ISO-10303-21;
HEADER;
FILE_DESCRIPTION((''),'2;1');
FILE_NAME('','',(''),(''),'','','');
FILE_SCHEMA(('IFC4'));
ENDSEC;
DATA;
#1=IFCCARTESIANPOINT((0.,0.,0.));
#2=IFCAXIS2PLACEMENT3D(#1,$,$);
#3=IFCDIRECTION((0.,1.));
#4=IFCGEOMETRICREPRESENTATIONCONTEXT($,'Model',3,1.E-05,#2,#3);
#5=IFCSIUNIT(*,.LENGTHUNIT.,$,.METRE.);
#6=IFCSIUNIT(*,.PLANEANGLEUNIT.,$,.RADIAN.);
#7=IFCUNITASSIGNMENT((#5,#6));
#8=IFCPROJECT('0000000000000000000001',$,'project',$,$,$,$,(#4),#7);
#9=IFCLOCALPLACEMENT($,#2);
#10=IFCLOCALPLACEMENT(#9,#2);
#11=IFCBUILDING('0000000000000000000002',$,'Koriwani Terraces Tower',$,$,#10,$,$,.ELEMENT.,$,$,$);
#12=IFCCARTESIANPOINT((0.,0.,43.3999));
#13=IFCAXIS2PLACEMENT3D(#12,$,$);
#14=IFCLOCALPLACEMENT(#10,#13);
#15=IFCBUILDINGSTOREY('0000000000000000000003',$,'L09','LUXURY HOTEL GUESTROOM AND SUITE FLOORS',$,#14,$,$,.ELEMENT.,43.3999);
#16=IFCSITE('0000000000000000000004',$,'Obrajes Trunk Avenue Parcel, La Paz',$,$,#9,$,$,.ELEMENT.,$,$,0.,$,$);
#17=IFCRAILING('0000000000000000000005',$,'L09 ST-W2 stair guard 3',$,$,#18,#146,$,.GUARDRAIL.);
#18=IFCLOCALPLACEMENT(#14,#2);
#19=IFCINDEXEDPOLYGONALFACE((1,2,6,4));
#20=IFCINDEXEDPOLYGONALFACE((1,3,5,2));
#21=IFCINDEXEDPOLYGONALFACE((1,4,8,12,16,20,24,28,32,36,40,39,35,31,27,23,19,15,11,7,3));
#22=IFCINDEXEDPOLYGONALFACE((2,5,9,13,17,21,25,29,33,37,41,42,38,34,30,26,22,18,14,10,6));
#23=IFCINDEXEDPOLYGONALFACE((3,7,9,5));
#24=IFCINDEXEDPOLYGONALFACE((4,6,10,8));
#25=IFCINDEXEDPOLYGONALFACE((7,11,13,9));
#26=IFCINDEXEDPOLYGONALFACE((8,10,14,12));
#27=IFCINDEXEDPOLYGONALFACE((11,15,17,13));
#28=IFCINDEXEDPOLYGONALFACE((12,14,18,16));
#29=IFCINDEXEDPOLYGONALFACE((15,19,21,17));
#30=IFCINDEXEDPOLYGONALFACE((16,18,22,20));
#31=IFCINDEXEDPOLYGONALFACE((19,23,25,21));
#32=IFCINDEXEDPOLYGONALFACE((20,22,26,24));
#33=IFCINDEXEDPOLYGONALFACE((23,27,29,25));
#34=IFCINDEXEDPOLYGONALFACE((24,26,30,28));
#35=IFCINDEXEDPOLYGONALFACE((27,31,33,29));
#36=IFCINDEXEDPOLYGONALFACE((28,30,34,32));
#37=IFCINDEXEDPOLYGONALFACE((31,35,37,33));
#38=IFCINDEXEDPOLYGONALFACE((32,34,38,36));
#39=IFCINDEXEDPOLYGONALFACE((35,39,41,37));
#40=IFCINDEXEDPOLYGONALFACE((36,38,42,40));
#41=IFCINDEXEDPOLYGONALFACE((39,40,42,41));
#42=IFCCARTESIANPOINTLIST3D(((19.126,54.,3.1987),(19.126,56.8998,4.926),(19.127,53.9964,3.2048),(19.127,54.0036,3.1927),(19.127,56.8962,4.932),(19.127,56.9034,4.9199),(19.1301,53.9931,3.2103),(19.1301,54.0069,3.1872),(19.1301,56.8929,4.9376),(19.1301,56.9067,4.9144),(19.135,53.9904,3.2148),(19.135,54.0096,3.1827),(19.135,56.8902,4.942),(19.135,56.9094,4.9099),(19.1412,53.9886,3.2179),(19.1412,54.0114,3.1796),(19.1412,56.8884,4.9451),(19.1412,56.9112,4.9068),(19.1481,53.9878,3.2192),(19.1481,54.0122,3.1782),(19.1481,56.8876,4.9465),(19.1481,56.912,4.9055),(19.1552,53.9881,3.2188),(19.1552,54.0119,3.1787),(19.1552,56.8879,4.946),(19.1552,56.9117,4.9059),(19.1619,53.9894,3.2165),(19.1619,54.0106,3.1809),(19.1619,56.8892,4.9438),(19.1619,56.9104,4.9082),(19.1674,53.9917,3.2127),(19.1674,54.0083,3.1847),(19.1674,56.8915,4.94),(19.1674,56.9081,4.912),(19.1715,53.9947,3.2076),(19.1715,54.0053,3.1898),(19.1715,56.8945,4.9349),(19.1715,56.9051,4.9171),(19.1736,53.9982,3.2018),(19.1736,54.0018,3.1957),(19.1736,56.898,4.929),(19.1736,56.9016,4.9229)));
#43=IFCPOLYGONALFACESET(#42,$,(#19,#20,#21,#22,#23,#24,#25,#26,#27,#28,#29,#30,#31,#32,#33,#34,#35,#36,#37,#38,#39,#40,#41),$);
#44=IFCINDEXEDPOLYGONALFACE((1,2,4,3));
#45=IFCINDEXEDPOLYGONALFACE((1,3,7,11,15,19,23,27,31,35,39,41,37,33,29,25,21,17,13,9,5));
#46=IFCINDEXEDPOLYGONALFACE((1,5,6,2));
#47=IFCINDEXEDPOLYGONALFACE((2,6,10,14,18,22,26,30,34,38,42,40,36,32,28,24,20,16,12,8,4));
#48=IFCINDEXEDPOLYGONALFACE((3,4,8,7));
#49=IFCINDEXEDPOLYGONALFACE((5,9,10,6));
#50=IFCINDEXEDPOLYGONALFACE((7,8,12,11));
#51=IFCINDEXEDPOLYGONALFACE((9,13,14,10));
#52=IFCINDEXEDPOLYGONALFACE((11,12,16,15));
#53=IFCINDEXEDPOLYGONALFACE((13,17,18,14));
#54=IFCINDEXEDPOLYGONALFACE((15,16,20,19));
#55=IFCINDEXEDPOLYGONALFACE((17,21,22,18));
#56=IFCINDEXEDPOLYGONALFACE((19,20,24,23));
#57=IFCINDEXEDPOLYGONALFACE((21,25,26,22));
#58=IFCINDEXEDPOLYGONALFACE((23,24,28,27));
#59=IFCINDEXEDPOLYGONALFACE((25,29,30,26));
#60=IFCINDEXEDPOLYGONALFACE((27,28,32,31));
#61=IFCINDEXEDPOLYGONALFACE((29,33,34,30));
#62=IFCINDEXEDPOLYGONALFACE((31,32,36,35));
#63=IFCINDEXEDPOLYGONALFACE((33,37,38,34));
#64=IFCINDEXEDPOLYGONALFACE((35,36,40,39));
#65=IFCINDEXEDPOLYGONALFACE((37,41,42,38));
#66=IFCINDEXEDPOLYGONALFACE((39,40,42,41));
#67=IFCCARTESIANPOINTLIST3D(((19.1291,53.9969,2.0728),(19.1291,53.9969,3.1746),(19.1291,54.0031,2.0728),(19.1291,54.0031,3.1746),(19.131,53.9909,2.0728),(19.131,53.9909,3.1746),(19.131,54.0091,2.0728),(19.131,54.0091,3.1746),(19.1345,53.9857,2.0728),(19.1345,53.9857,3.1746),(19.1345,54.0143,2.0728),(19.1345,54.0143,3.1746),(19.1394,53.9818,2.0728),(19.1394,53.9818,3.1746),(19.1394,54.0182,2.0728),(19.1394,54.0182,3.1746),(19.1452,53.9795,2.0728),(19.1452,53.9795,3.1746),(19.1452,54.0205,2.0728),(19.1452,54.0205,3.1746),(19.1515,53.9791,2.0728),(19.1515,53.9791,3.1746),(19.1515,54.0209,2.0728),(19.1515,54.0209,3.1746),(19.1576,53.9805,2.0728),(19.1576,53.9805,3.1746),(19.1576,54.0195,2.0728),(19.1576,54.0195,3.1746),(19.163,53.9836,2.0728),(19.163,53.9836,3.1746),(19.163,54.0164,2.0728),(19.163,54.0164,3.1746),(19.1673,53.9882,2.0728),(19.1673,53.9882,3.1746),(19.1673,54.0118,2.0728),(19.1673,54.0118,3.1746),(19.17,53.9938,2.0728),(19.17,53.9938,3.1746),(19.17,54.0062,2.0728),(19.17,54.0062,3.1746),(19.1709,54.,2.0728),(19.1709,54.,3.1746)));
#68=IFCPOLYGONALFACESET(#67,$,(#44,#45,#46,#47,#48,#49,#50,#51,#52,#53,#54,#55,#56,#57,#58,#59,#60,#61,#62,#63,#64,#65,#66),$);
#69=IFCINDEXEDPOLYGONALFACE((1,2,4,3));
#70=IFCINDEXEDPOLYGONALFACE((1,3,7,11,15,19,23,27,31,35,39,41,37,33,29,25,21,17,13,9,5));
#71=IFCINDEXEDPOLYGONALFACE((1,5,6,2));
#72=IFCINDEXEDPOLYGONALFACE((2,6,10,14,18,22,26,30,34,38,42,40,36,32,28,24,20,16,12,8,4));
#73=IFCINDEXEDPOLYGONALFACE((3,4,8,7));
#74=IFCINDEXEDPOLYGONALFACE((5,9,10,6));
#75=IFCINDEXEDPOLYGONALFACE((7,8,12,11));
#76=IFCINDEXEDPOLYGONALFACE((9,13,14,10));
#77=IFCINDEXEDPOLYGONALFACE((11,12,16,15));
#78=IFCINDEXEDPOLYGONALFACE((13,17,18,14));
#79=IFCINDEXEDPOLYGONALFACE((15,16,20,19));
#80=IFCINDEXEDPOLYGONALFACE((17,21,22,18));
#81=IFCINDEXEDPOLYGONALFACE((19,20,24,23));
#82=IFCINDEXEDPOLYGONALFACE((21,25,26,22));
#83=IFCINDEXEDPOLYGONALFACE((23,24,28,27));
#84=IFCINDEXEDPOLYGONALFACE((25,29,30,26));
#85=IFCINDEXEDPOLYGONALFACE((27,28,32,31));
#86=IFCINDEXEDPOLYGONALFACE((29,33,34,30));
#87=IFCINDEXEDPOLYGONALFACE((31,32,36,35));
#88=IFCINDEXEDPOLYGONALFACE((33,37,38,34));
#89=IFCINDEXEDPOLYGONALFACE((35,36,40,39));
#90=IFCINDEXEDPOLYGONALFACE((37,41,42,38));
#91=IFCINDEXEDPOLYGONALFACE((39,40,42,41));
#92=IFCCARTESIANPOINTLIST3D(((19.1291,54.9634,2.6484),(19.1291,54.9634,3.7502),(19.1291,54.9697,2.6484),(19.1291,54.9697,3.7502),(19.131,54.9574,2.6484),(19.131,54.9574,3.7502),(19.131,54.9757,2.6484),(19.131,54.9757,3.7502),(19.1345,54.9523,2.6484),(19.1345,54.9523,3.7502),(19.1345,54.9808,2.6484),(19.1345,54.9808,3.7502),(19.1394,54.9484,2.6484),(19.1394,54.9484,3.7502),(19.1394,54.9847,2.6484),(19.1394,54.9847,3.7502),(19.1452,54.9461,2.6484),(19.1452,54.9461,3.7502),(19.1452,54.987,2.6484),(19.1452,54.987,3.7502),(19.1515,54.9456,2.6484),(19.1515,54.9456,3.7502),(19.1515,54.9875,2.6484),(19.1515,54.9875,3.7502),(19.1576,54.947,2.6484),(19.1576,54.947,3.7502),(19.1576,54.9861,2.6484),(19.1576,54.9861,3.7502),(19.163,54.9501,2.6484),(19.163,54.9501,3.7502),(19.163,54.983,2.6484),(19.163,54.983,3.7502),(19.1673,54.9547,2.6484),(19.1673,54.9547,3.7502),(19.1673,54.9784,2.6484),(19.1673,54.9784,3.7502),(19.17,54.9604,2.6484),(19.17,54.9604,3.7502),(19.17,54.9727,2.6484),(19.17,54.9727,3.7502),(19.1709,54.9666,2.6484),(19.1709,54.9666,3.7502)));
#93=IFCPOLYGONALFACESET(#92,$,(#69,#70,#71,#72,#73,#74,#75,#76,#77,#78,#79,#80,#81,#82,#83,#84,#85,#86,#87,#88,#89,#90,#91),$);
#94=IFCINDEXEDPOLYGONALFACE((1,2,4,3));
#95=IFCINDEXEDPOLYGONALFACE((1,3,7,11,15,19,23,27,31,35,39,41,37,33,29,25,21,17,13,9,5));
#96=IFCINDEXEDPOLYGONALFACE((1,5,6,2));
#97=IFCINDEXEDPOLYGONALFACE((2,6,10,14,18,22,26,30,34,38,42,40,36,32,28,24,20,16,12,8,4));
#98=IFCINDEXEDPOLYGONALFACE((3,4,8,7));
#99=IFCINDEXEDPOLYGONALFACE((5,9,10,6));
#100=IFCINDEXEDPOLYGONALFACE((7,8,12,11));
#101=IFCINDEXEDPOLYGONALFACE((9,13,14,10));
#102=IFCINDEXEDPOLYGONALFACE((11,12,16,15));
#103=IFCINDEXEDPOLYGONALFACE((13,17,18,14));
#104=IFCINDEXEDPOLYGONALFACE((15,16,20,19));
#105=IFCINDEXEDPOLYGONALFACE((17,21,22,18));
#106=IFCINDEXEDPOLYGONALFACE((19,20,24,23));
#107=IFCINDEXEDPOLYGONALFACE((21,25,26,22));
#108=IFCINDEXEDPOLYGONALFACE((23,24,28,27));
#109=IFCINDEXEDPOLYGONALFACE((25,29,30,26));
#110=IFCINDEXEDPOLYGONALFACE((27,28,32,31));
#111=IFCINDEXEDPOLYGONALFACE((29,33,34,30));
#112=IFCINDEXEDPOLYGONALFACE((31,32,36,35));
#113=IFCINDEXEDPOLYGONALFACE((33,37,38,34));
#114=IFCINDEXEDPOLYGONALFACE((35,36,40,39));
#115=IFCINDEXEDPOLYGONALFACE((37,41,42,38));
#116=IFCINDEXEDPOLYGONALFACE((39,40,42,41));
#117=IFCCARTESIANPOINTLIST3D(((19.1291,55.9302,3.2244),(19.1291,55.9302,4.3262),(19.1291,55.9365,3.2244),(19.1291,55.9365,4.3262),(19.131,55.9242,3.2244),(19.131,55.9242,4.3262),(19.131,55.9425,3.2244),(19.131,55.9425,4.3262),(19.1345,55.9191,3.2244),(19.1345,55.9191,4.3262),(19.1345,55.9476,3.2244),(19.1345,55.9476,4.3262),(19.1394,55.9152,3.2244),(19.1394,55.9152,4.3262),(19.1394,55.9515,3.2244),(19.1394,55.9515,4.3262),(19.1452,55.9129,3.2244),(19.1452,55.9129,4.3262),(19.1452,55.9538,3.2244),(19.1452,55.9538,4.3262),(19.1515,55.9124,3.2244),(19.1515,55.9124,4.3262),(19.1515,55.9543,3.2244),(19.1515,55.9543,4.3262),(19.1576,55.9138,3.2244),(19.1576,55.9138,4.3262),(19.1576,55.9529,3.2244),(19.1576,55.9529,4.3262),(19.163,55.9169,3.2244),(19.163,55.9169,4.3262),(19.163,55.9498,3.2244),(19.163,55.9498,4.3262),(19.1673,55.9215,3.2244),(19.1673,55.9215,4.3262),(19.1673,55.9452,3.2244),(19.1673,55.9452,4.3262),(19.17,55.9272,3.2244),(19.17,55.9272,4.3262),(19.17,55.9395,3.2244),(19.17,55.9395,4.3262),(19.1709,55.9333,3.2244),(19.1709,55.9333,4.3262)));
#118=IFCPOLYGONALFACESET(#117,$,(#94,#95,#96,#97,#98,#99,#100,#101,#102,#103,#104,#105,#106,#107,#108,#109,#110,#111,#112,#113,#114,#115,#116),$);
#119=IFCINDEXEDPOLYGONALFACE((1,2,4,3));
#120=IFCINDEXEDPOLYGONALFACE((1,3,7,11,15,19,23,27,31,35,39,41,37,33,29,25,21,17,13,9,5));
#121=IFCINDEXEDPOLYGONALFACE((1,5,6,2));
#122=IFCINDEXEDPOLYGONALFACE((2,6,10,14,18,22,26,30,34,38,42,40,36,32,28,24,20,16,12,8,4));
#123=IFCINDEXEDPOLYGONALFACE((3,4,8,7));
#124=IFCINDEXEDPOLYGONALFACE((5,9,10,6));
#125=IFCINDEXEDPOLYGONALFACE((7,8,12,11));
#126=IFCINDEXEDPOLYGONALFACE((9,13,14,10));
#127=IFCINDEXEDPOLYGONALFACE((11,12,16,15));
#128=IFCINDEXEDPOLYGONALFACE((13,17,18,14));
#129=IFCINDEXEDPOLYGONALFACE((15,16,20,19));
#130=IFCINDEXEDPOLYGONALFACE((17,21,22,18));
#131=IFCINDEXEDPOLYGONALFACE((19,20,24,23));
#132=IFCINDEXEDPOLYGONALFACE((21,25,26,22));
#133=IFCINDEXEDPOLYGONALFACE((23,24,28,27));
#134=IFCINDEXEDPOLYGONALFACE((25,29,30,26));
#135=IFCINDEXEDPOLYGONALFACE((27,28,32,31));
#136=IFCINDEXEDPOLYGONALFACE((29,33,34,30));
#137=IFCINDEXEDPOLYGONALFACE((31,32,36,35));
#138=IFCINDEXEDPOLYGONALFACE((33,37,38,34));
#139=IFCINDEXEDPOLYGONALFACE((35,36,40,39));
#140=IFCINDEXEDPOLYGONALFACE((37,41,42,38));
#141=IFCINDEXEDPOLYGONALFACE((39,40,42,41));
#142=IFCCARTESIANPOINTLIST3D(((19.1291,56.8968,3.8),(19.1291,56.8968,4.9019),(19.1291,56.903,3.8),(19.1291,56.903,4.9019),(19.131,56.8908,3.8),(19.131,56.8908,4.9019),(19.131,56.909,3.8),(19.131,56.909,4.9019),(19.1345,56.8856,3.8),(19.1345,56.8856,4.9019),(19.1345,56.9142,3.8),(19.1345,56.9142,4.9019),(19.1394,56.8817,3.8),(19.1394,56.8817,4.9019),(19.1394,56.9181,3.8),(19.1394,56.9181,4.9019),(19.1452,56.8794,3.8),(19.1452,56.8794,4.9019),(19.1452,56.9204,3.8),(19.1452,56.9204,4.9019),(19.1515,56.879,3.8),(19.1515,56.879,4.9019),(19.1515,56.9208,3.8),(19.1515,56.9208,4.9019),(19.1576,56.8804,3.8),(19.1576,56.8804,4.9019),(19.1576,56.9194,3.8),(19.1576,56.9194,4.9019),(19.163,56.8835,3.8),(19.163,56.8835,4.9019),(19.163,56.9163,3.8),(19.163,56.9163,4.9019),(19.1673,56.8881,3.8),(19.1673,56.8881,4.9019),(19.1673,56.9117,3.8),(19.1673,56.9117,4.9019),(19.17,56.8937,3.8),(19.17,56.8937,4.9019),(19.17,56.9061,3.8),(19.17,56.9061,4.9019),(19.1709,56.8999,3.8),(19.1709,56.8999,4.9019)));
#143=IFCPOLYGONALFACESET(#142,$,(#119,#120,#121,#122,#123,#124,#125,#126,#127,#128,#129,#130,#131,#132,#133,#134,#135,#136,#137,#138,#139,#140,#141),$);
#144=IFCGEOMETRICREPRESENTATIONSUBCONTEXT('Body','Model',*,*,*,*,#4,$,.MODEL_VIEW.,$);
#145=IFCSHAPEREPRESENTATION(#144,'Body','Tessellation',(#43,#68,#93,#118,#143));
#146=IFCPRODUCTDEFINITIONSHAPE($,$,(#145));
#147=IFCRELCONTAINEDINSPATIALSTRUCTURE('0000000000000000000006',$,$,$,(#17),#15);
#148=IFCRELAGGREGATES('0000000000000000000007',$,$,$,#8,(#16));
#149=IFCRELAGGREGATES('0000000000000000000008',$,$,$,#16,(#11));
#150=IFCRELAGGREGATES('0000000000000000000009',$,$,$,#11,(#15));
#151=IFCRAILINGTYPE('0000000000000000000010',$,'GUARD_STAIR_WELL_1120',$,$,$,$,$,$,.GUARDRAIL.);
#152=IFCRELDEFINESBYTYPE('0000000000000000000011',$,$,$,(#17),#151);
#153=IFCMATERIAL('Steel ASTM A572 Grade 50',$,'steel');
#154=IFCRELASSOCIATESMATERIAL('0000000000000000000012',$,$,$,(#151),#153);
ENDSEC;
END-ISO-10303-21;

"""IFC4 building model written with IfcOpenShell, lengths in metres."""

from ifc_helpers import new_model, si_unit, direction, frame, origin, origin_2d, place, context, subcontext, project, spatial, circle, extrude, material, type_object, element, save


model = new_model("IFC4")

# Units and contexts
model_context = context("Model", 3, precision=1e-05, world=origin(), true_north=direction((0.0, 1.0)))
body_context = subcontext(model_context, "Body", "Model", "MODEL_VIEW")
ifc_project = project(units=[si_unit("LENGTHUNIT", "METRE"), si_unit("PLANEANGLEUNIT", "RADIAN")], contexts=[model_context])

# Site, building, storey
site_placement = place(None, origin())
site = spatial("IfcSite", under=ifc_project, at=site_placement, Name="Obrajes Trunk Avenue Parcel, La Paz", CompositionType="ELEMENT", RefElevation=0.0)
building_placement = place(site_placement, origin())
building = spatial("IfcBuilding", under=site, at=building_placement, Name="Koriwani Terraces Tower", CompositionType="ELEMENT")
storey_placement = place(building_placement, frame((0.0, 0.0, 43.3999)))
storey = spatial("IfcBuildingStorey", under=building, at=storey_placement, Name="L09", Description="LUXURY HOTEL GUESTROOM AND SUITE FLOORS", CompositionType="ELEMENT", Elevation=43.3999)

# Shared definitions
ifc_material_1 = material(Name="Steel ASTM A572 Grade 50", Category="steel")

# Railing
railing_type_1 = type_object("IfcRailingType", Name="GUARD_STAIR_WELL_1120", PredefinedType="GUARDRAIL", material=ifc_material_1)
railing_1_placement = place(storey_placement, frame((19.1499, 54.0, 2.0728)))
element("IfcRailing", 1, at=railing_1_placement, inside=storey, type_object=railing_type_1, Name="L09 ST-W2 stair guard 3", PredefinedType="GUARDRAIL", context=body_context, shape_type="SweptSolid", body=[
    extrude(circle(Radius=0.0239, at=origin_2d()), frame((0.0, 0.0, 1.126), z_axis=(0.0, 0.859141, 0.511738), x_axis=(-1.0, 0.0, 0.0)), (0.0, 0.0, 1.0), 3.3752),
    extrude(circle(Radius=0.021, at=origin_2d()), origin(), (0.0, 0.0, 1.0), 1.1018),
    extrude(circle(Radius=0.021, at=origin_2d()), frame((0.0, 0.9666, 0.5757)), (0.0, 0.0, 1.0), 1.1018),
    extrude(circle(Radius=0.021, at=origin_2d()), frame((0.0, 1.9333, 1.1516)), (0.0, 0.0, 1.0), 1.1018),
    extrude(circle(Radius=0.021, at=origin_2d()), frame((0.0, 2.8999, 1.7273)), (0.0, 0.0, 1.0), 1.1018),
])

save(model, "model.ifc")
